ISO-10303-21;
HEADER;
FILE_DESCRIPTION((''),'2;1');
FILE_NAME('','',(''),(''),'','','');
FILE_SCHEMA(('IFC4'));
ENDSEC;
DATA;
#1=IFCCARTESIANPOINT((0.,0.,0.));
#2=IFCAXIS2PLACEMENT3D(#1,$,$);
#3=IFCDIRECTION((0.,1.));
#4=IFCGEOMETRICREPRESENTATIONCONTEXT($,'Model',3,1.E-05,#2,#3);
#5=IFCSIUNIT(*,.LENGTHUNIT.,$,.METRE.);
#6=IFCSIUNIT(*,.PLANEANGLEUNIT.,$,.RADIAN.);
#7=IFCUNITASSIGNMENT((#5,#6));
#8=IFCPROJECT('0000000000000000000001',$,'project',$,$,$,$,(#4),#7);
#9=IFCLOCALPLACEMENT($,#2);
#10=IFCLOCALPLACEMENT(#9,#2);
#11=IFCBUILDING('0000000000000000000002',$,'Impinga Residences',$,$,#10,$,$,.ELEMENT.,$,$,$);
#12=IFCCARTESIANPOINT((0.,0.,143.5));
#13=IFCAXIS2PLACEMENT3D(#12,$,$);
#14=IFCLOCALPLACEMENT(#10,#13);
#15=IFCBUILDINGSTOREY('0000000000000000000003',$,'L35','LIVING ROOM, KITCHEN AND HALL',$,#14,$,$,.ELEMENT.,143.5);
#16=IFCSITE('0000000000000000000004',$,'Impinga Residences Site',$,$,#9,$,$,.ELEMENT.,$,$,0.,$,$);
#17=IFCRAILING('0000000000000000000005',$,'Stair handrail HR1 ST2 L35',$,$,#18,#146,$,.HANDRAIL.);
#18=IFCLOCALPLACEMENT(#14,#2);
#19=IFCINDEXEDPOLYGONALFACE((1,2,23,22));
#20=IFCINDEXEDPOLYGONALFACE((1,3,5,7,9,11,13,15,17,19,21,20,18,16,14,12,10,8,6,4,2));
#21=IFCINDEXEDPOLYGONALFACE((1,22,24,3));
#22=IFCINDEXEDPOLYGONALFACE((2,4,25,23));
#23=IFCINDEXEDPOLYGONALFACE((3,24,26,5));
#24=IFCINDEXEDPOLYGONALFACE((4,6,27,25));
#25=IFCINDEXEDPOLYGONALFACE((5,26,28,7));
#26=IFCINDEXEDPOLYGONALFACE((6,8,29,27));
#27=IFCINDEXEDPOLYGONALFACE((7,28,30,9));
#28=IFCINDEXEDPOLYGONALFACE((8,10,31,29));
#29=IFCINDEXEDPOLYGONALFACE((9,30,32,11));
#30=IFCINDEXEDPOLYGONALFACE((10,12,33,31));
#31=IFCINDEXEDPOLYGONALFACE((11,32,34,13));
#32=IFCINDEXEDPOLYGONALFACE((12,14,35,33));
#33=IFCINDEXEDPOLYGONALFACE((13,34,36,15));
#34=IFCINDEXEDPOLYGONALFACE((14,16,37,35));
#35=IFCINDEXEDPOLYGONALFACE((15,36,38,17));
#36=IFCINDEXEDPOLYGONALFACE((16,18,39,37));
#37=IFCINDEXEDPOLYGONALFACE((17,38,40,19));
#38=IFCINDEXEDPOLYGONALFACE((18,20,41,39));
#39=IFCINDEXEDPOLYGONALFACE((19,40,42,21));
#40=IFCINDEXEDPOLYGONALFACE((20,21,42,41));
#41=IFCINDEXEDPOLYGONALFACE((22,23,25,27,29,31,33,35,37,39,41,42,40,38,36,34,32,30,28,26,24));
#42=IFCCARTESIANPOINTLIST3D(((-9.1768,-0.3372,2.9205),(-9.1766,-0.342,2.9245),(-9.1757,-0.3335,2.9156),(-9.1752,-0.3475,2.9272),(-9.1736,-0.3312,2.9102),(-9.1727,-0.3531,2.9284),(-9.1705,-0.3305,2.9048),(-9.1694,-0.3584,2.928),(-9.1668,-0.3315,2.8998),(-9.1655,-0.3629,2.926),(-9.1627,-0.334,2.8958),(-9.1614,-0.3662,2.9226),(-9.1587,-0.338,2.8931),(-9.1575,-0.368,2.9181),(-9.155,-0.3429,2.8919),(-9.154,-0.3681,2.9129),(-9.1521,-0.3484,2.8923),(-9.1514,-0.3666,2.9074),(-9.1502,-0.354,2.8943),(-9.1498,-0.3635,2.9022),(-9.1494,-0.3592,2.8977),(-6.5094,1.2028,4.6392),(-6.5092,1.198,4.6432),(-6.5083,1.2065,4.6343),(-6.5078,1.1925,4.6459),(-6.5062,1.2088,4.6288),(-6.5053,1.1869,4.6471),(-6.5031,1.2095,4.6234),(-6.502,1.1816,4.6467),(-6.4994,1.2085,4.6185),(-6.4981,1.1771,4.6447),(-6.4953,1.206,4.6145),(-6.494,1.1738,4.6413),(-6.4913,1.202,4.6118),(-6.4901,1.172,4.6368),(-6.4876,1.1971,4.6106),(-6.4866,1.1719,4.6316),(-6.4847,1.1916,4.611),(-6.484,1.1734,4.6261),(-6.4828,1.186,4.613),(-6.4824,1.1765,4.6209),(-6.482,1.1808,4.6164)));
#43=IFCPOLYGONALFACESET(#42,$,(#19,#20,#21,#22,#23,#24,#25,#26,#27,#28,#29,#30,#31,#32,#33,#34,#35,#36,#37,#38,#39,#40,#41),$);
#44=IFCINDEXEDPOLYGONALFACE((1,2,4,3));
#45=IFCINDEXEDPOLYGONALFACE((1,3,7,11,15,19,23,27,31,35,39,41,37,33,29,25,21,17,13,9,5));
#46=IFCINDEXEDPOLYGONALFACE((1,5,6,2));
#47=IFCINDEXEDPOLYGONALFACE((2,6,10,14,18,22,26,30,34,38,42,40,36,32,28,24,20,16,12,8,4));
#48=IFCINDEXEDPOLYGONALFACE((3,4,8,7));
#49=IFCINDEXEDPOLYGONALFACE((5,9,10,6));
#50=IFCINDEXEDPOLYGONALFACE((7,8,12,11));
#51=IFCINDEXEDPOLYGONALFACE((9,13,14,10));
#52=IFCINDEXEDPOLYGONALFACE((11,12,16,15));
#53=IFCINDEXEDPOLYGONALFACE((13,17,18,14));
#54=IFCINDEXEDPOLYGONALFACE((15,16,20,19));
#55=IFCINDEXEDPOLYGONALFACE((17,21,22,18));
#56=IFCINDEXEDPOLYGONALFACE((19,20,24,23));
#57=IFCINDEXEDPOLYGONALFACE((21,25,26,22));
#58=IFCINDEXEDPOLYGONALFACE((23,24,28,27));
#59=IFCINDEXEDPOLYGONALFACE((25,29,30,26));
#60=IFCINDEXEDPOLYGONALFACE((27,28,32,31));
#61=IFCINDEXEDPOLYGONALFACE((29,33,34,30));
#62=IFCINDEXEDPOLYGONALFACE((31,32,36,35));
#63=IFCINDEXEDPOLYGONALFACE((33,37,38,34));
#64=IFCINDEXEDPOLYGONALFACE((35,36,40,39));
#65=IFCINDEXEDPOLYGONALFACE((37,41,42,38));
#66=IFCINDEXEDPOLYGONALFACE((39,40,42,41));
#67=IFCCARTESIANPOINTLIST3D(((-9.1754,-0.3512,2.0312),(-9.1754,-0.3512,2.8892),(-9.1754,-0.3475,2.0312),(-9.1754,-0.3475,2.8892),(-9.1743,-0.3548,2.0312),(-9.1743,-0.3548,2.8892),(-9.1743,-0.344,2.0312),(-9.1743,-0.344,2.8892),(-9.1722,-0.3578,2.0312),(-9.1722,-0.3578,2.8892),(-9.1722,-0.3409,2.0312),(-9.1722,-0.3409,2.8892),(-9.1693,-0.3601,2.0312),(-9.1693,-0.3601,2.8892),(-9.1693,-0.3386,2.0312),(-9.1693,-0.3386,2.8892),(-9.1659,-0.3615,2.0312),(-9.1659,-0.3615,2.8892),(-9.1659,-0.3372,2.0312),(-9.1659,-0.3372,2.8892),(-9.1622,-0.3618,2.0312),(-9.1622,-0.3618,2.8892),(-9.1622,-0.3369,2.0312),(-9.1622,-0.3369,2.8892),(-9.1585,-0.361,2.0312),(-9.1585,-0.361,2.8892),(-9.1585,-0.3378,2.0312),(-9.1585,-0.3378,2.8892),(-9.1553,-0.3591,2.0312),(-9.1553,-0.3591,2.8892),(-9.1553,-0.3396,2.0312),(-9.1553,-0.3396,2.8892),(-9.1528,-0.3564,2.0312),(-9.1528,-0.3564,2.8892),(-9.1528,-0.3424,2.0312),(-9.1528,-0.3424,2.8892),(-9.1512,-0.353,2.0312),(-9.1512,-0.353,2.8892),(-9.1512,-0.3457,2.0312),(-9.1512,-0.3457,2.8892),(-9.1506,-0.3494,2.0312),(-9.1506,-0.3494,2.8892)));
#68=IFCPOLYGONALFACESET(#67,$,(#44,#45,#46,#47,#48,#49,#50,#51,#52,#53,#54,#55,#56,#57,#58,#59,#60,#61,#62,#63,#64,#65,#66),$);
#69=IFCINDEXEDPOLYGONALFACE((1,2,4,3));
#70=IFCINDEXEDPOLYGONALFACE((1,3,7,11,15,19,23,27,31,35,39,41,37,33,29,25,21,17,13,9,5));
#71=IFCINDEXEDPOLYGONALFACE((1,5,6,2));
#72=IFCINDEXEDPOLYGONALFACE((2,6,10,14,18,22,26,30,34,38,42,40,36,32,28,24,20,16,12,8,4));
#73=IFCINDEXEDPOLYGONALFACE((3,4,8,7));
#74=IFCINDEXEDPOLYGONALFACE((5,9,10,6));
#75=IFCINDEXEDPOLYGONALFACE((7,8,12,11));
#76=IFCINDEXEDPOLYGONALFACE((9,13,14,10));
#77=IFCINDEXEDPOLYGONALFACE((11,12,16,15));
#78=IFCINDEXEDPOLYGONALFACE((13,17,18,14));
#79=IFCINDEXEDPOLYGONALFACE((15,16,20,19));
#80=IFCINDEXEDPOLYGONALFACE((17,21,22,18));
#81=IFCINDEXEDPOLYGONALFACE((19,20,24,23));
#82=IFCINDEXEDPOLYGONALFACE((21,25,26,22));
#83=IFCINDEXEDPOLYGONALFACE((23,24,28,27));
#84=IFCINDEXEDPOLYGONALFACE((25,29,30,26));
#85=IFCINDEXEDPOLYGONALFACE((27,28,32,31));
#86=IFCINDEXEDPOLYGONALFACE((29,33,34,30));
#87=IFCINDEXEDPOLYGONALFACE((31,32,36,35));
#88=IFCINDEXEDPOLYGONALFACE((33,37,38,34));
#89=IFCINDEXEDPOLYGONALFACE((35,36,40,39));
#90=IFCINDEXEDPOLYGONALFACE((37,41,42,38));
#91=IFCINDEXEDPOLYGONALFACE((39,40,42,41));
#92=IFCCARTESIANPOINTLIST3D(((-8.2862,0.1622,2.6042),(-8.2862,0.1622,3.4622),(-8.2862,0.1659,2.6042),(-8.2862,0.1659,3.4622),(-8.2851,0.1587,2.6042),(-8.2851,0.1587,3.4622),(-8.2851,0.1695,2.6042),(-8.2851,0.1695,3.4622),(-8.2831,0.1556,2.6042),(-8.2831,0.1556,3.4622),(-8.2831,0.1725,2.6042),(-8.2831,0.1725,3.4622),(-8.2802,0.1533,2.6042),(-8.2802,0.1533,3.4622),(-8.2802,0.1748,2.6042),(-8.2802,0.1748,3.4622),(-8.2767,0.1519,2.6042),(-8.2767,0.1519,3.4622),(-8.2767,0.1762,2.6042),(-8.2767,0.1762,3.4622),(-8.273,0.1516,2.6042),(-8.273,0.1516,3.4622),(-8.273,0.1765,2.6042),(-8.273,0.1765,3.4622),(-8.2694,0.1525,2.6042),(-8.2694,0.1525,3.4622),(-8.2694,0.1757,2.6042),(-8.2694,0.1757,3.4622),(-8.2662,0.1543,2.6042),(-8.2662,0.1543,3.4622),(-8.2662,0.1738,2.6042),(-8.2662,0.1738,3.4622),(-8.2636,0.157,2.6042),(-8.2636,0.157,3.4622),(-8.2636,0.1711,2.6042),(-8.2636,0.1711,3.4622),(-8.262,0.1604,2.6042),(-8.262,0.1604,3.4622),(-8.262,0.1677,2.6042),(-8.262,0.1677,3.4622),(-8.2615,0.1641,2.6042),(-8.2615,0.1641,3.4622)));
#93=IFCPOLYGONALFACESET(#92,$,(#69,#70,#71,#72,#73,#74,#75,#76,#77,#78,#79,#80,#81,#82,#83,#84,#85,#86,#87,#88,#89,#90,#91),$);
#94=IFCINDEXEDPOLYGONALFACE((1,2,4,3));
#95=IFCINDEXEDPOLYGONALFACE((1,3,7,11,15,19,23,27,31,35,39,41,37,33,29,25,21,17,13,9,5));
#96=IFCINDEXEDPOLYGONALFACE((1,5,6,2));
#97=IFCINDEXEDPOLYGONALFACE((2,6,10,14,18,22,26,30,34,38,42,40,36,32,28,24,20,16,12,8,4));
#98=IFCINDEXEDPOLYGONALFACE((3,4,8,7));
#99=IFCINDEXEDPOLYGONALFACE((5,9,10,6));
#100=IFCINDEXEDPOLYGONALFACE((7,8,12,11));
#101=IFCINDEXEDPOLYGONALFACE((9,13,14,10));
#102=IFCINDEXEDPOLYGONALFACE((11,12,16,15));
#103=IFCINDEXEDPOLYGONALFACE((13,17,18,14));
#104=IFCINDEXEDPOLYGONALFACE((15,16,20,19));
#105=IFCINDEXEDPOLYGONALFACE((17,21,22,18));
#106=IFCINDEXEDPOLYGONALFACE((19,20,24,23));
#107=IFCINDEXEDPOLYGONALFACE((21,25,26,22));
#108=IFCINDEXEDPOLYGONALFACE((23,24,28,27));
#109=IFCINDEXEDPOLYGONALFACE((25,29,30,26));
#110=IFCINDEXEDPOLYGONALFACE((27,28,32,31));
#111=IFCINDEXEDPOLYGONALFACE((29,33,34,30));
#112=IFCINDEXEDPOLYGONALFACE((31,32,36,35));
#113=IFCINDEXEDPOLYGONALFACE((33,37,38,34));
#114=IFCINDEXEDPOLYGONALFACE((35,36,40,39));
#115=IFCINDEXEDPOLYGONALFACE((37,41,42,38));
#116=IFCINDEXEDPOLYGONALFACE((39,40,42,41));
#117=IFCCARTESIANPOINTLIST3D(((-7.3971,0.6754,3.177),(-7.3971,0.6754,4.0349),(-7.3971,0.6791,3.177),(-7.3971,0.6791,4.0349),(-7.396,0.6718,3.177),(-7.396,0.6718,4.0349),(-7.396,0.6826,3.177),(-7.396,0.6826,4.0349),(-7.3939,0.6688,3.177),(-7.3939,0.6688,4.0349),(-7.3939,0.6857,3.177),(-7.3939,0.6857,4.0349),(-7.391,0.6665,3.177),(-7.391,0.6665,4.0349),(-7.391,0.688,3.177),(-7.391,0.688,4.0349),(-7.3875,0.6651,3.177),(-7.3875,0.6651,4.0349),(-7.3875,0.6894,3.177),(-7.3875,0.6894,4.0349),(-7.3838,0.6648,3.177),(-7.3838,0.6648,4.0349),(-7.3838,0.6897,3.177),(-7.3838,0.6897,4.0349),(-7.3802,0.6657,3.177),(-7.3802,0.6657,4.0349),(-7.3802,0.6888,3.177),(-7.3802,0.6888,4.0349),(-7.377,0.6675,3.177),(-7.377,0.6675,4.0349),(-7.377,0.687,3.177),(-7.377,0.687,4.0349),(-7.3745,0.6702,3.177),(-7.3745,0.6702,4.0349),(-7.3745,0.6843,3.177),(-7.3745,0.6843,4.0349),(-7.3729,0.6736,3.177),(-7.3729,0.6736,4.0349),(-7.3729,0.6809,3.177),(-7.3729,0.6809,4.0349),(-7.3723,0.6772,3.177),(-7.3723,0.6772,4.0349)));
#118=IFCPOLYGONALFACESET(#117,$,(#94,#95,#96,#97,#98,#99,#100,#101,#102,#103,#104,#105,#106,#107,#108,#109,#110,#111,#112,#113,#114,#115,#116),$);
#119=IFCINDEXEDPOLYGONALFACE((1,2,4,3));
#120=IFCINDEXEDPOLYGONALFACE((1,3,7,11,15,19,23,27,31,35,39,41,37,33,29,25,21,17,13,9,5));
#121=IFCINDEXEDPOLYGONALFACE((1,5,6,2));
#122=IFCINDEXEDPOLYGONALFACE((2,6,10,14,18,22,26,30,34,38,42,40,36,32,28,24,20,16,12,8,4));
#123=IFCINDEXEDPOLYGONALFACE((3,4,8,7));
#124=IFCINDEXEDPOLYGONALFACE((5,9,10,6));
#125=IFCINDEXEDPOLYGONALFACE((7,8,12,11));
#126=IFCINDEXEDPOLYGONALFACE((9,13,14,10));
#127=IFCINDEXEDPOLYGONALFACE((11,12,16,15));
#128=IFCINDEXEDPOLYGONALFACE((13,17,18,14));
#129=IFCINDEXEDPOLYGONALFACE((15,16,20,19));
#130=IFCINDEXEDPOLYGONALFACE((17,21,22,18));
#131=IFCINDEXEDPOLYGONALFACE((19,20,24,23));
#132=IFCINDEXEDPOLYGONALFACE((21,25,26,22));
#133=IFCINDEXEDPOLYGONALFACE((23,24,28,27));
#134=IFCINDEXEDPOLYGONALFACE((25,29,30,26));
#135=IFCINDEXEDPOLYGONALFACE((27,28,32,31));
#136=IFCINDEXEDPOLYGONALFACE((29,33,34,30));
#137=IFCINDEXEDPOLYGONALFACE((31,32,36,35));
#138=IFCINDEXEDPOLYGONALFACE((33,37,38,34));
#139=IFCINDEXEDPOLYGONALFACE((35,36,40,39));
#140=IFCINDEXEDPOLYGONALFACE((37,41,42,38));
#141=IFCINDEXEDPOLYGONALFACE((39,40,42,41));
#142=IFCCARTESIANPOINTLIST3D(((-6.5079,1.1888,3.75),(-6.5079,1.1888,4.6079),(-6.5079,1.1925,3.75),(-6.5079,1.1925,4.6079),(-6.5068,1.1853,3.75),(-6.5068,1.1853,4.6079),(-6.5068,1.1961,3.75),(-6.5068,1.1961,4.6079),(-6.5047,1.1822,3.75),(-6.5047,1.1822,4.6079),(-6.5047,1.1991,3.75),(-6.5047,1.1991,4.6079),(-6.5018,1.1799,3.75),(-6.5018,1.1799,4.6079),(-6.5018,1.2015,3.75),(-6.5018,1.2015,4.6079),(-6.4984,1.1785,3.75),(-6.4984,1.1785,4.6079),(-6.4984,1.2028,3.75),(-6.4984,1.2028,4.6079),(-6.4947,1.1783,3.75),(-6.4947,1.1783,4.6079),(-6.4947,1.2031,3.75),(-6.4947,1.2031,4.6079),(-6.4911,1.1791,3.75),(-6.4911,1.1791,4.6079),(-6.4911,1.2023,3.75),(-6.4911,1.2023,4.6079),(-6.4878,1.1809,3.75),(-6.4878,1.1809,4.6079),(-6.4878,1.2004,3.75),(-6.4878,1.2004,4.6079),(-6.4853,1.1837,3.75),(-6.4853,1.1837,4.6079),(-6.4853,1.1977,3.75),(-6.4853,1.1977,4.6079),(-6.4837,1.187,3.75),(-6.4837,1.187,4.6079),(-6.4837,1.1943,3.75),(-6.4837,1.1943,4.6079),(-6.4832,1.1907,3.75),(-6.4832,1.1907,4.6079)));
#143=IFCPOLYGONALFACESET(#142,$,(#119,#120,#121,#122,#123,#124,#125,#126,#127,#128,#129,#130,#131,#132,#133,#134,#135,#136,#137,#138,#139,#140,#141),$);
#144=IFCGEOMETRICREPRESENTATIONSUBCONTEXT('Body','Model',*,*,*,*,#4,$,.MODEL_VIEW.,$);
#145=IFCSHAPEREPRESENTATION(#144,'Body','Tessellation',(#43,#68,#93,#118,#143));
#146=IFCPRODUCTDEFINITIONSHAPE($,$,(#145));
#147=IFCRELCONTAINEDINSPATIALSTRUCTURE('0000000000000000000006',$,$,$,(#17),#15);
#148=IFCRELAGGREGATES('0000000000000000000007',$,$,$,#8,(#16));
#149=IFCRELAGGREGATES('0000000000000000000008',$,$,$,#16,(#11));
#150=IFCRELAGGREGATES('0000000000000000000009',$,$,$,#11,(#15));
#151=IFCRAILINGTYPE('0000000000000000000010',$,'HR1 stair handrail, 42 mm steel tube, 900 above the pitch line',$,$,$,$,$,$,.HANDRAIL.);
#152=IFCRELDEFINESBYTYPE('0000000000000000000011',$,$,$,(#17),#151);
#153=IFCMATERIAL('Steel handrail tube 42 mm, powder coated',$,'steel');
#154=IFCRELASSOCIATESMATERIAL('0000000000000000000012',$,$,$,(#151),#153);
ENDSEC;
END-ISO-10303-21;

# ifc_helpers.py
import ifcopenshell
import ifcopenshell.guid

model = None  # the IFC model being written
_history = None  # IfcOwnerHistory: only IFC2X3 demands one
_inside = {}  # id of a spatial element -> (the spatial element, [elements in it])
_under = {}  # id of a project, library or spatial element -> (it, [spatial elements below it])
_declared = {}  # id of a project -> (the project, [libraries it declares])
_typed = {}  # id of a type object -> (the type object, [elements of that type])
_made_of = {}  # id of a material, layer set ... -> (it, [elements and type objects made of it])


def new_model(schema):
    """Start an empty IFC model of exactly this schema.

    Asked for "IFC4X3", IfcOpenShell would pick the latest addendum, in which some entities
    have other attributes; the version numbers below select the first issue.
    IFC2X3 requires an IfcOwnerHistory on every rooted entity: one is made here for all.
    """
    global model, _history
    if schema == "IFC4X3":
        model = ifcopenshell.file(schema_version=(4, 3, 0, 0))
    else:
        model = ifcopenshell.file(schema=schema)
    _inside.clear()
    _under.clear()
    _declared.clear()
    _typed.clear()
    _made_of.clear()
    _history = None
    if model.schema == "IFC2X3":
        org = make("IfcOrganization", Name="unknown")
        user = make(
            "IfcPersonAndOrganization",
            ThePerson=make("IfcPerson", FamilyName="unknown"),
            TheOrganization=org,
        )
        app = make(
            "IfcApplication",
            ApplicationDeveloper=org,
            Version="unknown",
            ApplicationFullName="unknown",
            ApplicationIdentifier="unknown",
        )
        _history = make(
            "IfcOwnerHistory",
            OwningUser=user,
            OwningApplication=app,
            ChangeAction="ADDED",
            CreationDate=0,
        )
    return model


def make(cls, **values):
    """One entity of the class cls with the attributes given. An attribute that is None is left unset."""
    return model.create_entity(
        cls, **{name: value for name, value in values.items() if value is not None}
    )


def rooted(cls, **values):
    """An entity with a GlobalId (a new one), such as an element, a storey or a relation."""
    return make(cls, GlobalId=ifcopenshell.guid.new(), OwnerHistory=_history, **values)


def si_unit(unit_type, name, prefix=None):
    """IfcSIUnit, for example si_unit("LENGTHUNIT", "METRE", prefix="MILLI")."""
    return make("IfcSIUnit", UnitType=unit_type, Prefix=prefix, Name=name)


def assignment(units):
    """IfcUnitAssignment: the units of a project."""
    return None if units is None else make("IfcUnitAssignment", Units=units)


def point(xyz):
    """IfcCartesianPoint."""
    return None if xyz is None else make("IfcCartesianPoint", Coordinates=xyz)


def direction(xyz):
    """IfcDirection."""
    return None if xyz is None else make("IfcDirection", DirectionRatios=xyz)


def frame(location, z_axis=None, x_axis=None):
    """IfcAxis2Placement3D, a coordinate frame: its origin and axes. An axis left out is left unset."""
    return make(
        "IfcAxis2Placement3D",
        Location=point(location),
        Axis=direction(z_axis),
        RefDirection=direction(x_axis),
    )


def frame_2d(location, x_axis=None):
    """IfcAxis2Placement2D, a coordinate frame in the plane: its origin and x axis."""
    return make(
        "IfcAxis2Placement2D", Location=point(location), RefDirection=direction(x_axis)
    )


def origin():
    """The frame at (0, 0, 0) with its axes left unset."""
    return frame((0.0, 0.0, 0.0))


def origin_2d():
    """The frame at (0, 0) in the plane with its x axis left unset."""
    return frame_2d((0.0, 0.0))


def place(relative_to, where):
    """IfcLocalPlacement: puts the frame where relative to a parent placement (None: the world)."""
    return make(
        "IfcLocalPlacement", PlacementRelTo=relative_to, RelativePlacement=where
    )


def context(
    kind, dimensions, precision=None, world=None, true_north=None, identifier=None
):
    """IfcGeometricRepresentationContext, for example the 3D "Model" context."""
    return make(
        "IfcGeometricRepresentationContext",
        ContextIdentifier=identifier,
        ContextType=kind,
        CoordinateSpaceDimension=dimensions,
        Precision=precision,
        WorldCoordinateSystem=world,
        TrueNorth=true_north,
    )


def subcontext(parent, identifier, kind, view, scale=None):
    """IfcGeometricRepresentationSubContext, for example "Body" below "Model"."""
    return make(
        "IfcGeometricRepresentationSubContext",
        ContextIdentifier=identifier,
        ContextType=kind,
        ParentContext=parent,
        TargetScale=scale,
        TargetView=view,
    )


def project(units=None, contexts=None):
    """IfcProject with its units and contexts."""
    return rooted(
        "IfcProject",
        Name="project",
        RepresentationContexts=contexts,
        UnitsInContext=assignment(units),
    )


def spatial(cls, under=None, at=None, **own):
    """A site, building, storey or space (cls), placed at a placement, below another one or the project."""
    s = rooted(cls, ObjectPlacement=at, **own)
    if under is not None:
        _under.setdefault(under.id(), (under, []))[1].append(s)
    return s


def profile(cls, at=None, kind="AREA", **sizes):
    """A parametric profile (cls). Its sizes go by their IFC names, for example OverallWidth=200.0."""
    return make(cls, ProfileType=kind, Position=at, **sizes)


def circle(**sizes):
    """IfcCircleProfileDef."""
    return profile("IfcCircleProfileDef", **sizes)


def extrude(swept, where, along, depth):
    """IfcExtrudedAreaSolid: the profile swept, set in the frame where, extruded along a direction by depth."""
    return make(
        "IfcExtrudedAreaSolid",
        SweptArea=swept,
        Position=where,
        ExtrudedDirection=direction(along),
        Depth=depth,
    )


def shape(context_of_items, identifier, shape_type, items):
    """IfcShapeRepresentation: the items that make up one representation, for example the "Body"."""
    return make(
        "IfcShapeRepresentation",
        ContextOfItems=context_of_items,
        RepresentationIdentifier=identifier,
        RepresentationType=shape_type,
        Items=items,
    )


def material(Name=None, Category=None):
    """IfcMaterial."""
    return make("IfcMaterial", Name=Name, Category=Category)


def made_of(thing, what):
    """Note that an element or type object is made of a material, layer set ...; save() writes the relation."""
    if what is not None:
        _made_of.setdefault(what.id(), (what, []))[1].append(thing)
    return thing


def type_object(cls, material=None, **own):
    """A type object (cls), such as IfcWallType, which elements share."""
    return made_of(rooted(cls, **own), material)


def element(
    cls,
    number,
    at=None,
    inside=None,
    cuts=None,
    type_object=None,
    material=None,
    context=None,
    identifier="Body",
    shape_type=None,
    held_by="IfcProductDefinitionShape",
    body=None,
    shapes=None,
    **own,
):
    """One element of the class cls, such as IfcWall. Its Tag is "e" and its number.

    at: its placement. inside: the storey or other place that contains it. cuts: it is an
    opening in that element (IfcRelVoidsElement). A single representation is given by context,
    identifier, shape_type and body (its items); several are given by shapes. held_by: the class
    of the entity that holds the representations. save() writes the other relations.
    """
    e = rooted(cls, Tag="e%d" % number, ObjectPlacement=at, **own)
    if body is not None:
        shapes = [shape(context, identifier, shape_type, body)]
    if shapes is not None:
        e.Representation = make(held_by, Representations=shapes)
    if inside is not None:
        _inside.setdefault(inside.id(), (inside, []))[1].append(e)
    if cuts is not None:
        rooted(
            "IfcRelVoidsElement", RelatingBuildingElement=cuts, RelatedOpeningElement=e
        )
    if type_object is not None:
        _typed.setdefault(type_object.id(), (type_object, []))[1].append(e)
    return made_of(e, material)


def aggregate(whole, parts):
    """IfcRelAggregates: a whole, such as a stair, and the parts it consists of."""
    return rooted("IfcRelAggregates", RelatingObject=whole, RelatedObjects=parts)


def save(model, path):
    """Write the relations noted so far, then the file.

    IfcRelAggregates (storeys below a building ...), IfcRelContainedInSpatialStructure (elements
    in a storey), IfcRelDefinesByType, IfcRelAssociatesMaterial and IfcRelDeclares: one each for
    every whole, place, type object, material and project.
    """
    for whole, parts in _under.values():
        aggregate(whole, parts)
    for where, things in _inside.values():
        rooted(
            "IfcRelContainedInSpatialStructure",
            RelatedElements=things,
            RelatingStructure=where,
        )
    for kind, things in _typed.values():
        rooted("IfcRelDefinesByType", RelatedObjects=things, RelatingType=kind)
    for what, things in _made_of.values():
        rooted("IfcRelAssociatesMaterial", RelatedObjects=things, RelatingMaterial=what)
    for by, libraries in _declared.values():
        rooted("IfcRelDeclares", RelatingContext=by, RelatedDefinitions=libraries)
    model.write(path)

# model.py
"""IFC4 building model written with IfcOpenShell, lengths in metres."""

from ifc_helpers import new_model, si_unit, direction, frame, origin, origin_2d, place, context, subcontext, project, spatial, circle, extrude, material, type_object, element, save


model = new_model("IFC4")

# Units and contexts
model_context = context("Model", 3, precision=1e-05, world=origin(), true_north=direction((0.0, 1.0)))
body_context = subcontext(model_context, "Body", "Model", "MODEL_VIEW")
ifc_project = project(units=[si_unit("LENGTHUNIT", "METRE"), si_unit("PLANEANGLEUNIT", "RADIAN")], contexts=[model_context])

# Site, building, storey
site_placement = place(None, origin())
site = spatial("IfcSite", under=ifc_project, at=site_placement, Name="Impinga Residences Site", CompositionType="ELEMENT", RefElevation=0.0)
building_placement = place(site_placement, origin())
building = spatial("IfcBuilding", under=site, at=building_placement, Name="Impinga Residences", CompositionType="ELEMENT")
storey_placement = place(building_placement, frame((0.0, 0.0, 143.5)))
storey = spatial("IfcBuildingStorey", under=building, at=storey_placement, Name="L35", Description="LIVING ROOM, KITCHEN AND HALL", CompositionType="ELEMENT", Elevation=143.5)

# Railing
ifc_material_1 = material(Name="Steel handrail tube 42 mm, powder coated", Category="steel")
railing_type_1 = type_object("IfcRailingType", Name="HR1 stair handrail, 42 mm steel tube, 900 above the pitch line", PredefinedType="HANDRAIL", material=ifc_material_1)
railing_1_placement = place(storey_placement, frame((-9.1631, -0.3494, 2.0312)))
element("IfcRailing", 1, at=railing_1_placement, inside=storey, type_object=railing_type_1, Name="Stair handrail HR1 ST2 L35", PredefinedType="HANDRAIL", context=body_context, shape_type="SweptSolid", body=[
    extrude(circle(Radius=0.021, at=origin_2d()), frame((0.0, 0.0, 0.8789), z_axis=(0.756256, 0.436616, 0.487282), x_axis=(-0.499992, 0.86603, 0.0)), (0.0, 0.0, 1.0), 3.5271),
    extrude(circle(Radius=0.0125, at=origin_2d()), origin(), (0.0, 0.0, 1.0), 0.8579),
    extrude(circle(Radius=0.0125, at=origin_2d()), frame((0.8892, 0.5134, 0.573)), (0.0, 0.0, 1.0), 0.8579),
    extrude(circle(Radius=0.0125, at=origin_2d()), frame((1.7783, 1.0266, 1.1458)), (0.0, 0.0, 1.0), 0.8579),
    extrude(circle(Radius=0.0125, at=origin_2d()), frame((2.6675, 1.54, 1.7188)), (0.0, 0.0, 1.0), 0.8579),
])

save(model, "model.ifc")
